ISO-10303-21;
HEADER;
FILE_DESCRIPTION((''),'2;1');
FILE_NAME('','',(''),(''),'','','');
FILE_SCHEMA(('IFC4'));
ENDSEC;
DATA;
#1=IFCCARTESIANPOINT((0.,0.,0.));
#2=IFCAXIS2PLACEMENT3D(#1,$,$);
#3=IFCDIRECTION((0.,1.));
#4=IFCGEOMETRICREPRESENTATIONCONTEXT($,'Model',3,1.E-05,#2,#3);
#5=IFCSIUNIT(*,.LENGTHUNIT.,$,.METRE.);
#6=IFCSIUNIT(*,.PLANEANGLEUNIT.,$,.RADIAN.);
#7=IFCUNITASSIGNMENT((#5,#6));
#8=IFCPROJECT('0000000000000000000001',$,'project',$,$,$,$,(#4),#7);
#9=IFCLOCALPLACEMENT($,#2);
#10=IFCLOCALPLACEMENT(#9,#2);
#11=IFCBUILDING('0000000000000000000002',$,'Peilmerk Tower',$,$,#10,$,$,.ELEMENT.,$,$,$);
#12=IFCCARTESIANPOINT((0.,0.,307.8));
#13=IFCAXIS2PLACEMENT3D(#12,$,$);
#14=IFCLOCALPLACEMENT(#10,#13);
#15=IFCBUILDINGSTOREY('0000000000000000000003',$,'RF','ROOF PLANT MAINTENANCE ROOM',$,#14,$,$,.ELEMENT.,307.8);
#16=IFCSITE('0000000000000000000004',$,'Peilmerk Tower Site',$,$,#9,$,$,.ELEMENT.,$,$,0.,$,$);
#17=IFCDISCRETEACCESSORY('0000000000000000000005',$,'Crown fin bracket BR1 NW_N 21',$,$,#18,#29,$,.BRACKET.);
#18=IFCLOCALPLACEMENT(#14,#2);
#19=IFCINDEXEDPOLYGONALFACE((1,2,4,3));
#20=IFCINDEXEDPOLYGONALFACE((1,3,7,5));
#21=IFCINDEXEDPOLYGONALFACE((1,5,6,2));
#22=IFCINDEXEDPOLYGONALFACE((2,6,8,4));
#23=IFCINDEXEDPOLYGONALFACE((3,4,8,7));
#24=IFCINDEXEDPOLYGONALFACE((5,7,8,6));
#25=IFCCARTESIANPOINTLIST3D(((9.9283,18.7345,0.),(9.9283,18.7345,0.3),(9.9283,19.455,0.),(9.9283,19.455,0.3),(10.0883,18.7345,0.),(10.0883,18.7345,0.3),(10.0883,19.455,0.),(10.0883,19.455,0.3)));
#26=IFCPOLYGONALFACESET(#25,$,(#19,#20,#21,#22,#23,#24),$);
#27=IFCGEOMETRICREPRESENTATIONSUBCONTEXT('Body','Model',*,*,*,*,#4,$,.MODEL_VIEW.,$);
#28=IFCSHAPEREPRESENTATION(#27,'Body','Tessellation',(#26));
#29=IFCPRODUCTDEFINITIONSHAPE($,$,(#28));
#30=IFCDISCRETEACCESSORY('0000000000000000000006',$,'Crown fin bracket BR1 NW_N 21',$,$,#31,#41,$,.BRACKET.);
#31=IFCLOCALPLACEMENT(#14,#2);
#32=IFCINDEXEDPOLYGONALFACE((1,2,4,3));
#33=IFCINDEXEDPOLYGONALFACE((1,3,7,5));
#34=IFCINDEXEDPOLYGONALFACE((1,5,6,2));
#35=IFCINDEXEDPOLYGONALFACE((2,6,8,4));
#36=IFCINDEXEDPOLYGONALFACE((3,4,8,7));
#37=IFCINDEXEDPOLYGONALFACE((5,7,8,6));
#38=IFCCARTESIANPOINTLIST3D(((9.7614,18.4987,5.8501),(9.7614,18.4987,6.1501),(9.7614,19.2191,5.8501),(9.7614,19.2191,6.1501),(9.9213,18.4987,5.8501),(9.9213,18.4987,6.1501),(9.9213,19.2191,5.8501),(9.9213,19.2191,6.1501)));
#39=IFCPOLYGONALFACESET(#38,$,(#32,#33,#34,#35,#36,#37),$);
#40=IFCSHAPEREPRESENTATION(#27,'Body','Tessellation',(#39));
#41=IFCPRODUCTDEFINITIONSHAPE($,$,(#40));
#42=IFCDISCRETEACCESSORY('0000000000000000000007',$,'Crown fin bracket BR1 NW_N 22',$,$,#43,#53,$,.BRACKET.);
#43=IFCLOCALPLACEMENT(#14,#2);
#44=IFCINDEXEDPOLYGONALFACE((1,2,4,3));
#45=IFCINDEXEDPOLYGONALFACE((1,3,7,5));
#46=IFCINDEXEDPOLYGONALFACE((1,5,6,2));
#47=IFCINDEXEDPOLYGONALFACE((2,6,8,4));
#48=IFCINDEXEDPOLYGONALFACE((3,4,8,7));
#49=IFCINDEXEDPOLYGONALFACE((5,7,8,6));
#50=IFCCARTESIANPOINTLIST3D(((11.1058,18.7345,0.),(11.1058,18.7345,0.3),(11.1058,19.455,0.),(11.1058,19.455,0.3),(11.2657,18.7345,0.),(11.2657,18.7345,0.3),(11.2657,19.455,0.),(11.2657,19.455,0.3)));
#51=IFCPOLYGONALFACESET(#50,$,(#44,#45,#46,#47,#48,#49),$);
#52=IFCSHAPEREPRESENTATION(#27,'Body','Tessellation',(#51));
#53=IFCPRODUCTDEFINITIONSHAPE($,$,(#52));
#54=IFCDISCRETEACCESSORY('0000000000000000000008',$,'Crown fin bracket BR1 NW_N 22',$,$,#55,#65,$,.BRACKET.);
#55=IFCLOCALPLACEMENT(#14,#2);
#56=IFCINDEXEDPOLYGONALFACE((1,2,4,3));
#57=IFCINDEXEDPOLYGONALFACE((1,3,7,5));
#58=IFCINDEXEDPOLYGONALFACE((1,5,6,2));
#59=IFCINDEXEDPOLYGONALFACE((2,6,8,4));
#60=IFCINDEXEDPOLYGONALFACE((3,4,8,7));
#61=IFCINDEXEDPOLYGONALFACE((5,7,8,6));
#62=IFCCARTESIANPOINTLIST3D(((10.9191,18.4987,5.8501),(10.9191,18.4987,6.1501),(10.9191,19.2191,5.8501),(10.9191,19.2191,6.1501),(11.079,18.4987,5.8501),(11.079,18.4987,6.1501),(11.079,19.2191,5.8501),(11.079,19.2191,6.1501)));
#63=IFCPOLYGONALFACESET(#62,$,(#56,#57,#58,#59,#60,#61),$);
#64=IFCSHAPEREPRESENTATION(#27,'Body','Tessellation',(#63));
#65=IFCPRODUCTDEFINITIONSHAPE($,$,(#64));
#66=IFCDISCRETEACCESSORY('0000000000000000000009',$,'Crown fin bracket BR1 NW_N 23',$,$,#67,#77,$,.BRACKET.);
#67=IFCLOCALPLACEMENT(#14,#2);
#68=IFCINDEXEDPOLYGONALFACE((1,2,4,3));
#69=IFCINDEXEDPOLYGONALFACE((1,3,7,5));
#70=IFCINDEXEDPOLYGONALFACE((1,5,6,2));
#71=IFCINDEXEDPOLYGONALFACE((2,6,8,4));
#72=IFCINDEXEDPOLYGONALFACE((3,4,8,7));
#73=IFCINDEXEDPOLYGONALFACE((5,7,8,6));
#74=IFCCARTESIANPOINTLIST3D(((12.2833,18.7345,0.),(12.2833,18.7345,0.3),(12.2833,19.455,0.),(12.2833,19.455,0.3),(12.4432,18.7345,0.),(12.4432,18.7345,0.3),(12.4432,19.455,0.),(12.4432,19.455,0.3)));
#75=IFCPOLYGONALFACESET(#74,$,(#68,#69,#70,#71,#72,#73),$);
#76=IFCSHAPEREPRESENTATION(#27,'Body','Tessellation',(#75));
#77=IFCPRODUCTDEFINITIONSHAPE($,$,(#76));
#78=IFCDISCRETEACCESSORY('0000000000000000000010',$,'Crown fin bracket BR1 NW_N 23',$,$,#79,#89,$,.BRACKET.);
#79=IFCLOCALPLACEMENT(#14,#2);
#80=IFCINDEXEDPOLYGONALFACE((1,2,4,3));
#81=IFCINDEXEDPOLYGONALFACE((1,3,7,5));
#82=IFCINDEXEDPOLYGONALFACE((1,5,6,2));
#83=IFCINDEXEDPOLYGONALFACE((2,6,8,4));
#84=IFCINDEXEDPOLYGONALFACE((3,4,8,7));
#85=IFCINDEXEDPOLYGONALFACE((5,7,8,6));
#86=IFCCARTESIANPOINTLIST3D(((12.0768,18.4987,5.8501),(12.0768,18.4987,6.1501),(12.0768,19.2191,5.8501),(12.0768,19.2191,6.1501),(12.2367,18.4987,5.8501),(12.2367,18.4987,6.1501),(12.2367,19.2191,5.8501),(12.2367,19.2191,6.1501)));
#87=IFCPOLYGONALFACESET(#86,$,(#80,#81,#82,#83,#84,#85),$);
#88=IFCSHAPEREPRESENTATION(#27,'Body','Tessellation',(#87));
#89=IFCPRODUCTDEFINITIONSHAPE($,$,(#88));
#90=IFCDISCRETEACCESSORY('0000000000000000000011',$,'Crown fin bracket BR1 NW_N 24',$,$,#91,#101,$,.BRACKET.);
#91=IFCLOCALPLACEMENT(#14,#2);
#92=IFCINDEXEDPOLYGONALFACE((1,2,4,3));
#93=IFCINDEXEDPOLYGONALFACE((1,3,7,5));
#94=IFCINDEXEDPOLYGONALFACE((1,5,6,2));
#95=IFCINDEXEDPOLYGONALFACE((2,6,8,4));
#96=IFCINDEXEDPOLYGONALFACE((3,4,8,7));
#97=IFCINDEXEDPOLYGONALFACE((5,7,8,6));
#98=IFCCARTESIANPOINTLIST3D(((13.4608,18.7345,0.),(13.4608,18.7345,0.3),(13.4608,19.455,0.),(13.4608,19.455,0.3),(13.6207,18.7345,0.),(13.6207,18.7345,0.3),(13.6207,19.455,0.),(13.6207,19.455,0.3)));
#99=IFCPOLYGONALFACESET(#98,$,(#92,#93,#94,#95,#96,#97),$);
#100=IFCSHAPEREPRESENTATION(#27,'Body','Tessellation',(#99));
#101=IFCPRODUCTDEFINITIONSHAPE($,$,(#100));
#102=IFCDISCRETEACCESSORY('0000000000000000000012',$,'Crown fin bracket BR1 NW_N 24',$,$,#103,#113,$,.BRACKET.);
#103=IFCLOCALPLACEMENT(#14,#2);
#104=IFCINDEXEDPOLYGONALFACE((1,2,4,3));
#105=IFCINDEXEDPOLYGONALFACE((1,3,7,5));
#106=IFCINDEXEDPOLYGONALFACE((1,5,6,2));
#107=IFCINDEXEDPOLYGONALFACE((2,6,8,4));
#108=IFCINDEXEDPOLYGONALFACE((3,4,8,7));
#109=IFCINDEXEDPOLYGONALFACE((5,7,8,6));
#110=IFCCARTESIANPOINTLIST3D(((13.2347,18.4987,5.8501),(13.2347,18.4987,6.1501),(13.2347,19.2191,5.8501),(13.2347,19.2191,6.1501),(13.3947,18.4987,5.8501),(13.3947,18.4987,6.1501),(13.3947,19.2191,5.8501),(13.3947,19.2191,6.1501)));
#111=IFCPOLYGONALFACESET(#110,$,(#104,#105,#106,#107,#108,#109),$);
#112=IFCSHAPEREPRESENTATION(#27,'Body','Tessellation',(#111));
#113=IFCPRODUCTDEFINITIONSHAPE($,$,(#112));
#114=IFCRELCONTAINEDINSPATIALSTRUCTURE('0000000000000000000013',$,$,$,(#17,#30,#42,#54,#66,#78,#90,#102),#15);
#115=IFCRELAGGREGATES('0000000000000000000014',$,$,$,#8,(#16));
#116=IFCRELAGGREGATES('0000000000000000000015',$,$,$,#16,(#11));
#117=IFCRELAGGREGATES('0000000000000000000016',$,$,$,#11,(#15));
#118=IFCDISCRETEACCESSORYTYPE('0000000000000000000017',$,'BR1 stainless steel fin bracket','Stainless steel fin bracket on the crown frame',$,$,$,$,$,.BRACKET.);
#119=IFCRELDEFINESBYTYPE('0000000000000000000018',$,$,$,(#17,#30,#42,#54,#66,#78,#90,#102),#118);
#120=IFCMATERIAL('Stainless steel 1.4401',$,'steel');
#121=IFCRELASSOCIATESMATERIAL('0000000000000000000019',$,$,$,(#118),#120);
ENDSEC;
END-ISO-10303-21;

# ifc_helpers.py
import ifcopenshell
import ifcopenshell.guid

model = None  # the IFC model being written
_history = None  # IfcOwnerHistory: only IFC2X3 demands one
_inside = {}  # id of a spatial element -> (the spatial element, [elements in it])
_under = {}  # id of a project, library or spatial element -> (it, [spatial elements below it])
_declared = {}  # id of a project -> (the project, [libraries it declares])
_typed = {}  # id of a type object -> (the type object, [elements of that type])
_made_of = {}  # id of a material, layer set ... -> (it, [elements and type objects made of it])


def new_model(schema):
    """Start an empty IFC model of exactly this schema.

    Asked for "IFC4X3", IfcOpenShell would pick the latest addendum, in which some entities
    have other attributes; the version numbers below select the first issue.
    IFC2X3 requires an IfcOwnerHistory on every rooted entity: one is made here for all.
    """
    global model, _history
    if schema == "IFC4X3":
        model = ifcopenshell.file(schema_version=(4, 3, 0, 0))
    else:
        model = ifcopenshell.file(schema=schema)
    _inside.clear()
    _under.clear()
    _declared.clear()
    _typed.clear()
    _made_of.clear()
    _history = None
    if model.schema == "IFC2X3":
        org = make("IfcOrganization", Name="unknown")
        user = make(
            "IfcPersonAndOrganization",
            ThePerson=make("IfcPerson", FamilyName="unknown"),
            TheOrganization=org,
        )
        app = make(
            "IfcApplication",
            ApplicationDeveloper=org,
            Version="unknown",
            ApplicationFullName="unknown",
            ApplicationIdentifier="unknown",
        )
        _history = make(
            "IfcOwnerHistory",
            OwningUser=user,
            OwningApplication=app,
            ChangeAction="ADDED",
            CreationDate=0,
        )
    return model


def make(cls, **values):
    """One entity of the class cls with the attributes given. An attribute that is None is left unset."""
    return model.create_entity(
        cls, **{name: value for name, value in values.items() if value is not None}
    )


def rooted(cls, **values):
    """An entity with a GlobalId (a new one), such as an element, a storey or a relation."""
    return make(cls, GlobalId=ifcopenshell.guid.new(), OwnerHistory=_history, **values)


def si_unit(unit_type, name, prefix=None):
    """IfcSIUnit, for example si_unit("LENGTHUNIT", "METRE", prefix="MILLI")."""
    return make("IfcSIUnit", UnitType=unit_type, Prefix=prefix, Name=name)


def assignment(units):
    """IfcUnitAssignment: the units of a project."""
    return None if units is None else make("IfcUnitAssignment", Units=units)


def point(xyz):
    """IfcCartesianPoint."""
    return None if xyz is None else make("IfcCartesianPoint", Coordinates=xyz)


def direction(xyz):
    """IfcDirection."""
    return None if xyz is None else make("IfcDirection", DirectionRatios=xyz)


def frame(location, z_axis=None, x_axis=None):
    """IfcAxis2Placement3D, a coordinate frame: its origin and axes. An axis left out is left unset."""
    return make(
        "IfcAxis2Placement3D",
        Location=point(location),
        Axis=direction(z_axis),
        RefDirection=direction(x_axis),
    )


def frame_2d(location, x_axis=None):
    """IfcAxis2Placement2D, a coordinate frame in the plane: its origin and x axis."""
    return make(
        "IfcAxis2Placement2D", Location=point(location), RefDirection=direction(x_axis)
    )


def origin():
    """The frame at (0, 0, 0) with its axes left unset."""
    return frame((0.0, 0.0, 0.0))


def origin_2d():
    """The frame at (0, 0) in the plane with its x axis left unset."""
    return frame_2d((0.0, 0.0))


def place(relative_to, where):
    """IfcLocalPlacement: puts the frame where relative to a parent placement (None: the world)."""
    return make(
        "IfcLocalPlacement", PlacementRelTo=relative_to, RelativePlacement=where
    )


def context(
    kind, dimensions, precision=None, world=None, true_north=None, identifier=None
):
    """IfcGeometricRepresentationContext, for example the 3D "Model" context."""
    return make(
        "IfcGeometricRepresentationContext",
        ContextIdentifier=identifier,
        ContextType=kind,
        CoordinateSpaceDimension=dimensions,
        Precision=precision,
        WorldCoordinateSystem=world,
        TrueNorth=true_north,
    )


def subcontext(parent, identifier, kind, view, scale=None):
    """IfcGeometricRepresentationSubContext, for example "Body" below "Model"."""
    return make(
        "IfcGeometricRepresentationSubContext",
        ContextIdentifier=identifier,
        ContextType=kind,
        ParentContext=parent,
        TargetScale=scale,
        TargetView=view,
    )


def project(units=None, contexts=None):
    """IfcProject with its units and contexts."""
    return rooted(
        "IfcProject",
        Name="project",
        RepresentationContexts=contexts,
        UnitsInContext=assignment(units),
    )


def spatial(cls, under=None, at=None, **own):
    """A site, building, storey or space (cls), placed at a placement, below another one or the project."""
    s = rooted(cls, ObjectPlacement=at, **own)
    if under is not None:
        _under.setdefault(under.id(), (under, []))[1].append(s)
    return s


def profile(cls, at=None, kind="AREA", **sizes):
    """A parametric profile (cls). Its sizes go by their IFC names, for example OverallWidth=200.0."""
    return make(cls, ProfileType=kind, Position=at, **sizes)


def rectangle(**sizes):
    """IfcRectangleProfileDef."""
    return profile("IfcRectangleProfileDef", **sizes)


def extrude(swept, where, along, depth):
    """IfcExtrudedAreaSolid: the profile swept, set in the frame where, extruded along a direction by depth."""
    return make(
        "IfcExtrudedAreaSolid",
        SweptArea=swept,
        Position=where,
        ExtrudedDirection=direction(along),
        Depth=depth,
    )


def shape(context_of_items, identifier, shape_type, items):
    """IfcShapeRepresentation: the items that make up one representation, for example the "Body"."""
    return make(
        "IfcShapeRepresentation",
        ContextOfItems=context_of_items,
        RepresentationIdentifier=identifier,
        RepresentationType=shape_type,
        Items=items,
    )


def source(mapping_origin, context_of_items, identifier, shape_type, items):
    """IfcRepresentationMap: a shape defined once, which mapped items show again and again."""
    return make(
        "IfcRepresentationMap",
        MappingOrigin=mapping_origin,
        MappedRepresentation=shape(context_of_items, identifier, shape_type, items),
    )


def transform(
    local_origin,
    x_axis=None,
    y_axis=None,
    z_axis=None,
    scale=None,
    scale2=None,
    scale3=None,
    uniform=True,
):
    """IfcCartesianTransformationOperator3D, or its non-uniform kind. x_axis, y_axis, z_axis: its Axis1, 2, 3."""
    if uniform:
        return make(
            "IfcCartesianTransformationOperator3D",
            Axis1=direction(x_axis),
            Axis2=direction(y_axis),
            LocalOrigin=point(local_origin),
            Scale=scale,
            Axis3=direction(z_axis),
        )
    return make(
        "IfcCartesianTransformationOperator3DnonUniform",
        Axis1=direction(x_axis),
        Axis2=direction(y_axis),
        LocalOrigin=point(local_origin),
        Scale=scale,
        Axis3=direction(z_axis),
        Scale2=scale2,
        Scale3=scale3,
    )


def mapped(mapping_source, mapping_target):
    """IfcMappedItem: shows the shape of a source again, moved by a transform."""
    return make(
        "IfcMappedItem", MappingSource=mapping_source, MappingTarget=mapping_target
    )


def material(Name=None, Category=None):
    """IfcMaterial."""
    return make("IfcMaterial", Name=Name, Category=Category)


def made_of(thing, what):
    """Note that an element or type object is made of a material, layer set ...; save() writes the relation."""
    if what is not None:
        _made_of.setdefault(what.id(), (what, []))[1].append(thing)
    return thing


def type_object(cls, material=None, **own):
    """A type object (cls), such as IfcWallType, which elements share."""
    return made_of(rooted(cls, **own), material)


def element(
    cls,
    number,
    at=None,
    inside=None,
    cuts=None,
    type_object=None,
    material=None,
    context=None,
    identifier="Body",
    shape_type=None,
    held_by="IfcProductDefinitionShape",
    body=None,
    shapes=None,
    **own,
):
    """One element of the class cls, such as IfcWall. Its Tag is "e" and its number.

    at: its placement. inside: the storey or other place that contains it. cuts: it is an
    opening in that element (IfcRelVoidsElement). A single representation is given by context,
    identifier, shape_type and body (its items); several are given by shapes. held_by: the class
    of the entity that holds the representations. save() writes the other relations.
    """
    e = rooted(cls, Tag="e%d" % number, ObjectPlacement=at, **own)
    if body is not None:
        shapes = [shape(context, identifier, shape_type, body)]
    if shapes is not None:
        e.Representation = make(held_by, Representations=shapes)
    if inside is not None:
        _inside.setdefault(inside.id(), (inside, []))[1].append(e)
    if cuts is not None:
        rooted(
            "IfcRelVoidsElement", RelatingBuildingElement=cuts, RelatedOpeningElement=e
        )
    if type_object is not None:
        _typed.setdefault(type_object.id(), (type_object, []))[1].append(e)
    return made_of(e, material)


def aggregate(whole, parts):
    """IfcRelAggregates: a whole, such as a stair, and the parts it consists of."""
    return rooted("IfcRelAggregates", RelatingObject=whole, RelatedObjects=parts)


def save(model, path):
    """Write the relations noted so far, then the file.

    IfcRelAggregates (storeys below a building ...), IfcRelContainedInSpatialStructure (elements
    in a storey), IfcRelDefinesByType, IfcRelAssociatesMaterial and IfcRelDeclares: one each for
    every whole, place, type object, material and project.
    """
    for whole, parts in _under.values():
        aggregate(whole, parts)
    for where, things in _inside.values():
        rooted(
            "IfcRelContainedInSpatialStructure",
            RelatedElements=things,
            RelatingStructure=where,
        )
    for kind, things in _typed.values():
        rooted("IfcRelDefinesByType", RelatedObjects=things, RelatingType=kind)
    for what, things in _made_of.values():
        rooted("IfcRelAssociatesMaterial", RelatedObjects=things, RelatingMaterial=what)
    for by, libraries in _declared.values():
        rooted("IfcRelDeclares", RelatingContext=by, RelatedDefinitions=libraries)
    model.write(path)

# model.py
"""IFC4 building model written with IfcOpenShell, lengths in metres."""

from ifc_helpers import new_model, si_unit, direction, frame, origin, origin_2d, place, context, subcontext, project, spatial, rectangle, extrude, source, transform, mapped, material, type_object, element, save


model = new_model("IFC4")

# Units and contexts
model_context = context("Model", 3, precision=1e-05, world=origin(), true_north=direction((0.0, 1.0)))
body_context = subcontext(model_context, "Body", "Model", "MODEL_VIEW")
ifc_project = project(units=[si_unit("LENGTHUNIT", "METRE"), si_unit("PLANEANGLEUNIT", "RADIAN")], contexts=[model_context])

# Site, building, storey
site_placement = place(None, origin())
site = spatial("IfcSite", under=ifc_project, at=site_placement, Name="Peilmerk Tower Site", CompositionType="ELEMENT", RefElevation=0.0)
building_placement = place(site_placement, origin())
building = spatial("IfcBuilding", under=site, at=building_placement, Name="Peilmerk Tower", CompositionType="ELEMENT")
storey_placement = place(building_placement, frame((0.0, 0.0, 307.8)))
storey = spatial("IfcBuildingStorey", under=building, at=storey_placement, Name="RF", Description="ROOF PLANT MAINTENANCE ROOM", CompositionType="ELEMENT", Elevation=307.8)

# Discrete accessories
ifc_material_1 = material(Name="Stainless steel 1.4401", Category="steel")
discrete_accessory_type = type_object("IfcDiscreteAccessoryType", Name="BR1 stainless steel fin bracket", Description="Stainless steel fin bracket on the crown frame", PredefinedType="BRACKET", material=ifc_material_1)
shared_shape_1 = source(origin(), body_context, "Body", "SweptSolid", [
    extrude(rectangle(XDim=0.7205, YDim=0.1599, at=origin_2d()), origin(), (0.0, 0.0, 1.0), 0.3),
])
for number, where, z_axis, x_axis, name in (
    (1, (10.0083, 19.0947, 0.0), (0.0, 0.0, 1.0), (0.0, 1.0, 0.0), "Crown fin bracket BR1 NW_N 21"),
    (2, (9.8413, 18.8589, 5.8501), (0.0, 0.0, 1.0), (0.0, 1.0, 0.0), "Crown fin bracket BR1 NW_N 21"),
    (3, (11.1858, 19.0947, 0.0), (0.0, 0.0, 1.0), (0.0, 1.0, 0.0), "Crown fin bracket BR1 NW_N 22"),
    (4, (10.999, 18.8589, 5.8501), (0.0, 0.0, 1.0), (0.0, 1.0, 0.0), "Crown fin bracket BR1 NW_N 22"),
    (5, (12.3633, 19.0947, 0.0), (0.0, 0.0, 1.0), (0.0, 1.0, 0.0), "Crown fin bracket BR1 NW_N 23"),
    (6, (12.1567, 18.8589, 5.8501), (0.0, 0.0, 1.0), (0.0, 1.0, 0.0), "Crown fin bracket BR1 NW_N 23"),
    (7, (13.5408, 19.0947, 0.0), (0.0, 0.0, 1.0), (0.0, 1.0, 0.0), "Crown fin bracket BR1 NW_N 24"),
    (8, (13.3147, 18.8589, 5.8501), (0.0, 0.0, 1.0), (0.0, 1.0, 0.0), "Crown fin bracket BR1 NW_N 24"),
):
    element("IfcDiscreteAccessory", number, at=place(storey_placement, frame(where, z_axis=z_axis, x_axis=x_axis)), inside=storey, type_object=discrete_accessory_type, Name=name, PredefinedType="BRACKET", context=body_context, shape_type="MappedRepresentation", body=[
        mapped(shared_shape_1, transform((0.0, 0.0, 0.0), scale=1.0)),
    ])

save(model, "model.ifc")
